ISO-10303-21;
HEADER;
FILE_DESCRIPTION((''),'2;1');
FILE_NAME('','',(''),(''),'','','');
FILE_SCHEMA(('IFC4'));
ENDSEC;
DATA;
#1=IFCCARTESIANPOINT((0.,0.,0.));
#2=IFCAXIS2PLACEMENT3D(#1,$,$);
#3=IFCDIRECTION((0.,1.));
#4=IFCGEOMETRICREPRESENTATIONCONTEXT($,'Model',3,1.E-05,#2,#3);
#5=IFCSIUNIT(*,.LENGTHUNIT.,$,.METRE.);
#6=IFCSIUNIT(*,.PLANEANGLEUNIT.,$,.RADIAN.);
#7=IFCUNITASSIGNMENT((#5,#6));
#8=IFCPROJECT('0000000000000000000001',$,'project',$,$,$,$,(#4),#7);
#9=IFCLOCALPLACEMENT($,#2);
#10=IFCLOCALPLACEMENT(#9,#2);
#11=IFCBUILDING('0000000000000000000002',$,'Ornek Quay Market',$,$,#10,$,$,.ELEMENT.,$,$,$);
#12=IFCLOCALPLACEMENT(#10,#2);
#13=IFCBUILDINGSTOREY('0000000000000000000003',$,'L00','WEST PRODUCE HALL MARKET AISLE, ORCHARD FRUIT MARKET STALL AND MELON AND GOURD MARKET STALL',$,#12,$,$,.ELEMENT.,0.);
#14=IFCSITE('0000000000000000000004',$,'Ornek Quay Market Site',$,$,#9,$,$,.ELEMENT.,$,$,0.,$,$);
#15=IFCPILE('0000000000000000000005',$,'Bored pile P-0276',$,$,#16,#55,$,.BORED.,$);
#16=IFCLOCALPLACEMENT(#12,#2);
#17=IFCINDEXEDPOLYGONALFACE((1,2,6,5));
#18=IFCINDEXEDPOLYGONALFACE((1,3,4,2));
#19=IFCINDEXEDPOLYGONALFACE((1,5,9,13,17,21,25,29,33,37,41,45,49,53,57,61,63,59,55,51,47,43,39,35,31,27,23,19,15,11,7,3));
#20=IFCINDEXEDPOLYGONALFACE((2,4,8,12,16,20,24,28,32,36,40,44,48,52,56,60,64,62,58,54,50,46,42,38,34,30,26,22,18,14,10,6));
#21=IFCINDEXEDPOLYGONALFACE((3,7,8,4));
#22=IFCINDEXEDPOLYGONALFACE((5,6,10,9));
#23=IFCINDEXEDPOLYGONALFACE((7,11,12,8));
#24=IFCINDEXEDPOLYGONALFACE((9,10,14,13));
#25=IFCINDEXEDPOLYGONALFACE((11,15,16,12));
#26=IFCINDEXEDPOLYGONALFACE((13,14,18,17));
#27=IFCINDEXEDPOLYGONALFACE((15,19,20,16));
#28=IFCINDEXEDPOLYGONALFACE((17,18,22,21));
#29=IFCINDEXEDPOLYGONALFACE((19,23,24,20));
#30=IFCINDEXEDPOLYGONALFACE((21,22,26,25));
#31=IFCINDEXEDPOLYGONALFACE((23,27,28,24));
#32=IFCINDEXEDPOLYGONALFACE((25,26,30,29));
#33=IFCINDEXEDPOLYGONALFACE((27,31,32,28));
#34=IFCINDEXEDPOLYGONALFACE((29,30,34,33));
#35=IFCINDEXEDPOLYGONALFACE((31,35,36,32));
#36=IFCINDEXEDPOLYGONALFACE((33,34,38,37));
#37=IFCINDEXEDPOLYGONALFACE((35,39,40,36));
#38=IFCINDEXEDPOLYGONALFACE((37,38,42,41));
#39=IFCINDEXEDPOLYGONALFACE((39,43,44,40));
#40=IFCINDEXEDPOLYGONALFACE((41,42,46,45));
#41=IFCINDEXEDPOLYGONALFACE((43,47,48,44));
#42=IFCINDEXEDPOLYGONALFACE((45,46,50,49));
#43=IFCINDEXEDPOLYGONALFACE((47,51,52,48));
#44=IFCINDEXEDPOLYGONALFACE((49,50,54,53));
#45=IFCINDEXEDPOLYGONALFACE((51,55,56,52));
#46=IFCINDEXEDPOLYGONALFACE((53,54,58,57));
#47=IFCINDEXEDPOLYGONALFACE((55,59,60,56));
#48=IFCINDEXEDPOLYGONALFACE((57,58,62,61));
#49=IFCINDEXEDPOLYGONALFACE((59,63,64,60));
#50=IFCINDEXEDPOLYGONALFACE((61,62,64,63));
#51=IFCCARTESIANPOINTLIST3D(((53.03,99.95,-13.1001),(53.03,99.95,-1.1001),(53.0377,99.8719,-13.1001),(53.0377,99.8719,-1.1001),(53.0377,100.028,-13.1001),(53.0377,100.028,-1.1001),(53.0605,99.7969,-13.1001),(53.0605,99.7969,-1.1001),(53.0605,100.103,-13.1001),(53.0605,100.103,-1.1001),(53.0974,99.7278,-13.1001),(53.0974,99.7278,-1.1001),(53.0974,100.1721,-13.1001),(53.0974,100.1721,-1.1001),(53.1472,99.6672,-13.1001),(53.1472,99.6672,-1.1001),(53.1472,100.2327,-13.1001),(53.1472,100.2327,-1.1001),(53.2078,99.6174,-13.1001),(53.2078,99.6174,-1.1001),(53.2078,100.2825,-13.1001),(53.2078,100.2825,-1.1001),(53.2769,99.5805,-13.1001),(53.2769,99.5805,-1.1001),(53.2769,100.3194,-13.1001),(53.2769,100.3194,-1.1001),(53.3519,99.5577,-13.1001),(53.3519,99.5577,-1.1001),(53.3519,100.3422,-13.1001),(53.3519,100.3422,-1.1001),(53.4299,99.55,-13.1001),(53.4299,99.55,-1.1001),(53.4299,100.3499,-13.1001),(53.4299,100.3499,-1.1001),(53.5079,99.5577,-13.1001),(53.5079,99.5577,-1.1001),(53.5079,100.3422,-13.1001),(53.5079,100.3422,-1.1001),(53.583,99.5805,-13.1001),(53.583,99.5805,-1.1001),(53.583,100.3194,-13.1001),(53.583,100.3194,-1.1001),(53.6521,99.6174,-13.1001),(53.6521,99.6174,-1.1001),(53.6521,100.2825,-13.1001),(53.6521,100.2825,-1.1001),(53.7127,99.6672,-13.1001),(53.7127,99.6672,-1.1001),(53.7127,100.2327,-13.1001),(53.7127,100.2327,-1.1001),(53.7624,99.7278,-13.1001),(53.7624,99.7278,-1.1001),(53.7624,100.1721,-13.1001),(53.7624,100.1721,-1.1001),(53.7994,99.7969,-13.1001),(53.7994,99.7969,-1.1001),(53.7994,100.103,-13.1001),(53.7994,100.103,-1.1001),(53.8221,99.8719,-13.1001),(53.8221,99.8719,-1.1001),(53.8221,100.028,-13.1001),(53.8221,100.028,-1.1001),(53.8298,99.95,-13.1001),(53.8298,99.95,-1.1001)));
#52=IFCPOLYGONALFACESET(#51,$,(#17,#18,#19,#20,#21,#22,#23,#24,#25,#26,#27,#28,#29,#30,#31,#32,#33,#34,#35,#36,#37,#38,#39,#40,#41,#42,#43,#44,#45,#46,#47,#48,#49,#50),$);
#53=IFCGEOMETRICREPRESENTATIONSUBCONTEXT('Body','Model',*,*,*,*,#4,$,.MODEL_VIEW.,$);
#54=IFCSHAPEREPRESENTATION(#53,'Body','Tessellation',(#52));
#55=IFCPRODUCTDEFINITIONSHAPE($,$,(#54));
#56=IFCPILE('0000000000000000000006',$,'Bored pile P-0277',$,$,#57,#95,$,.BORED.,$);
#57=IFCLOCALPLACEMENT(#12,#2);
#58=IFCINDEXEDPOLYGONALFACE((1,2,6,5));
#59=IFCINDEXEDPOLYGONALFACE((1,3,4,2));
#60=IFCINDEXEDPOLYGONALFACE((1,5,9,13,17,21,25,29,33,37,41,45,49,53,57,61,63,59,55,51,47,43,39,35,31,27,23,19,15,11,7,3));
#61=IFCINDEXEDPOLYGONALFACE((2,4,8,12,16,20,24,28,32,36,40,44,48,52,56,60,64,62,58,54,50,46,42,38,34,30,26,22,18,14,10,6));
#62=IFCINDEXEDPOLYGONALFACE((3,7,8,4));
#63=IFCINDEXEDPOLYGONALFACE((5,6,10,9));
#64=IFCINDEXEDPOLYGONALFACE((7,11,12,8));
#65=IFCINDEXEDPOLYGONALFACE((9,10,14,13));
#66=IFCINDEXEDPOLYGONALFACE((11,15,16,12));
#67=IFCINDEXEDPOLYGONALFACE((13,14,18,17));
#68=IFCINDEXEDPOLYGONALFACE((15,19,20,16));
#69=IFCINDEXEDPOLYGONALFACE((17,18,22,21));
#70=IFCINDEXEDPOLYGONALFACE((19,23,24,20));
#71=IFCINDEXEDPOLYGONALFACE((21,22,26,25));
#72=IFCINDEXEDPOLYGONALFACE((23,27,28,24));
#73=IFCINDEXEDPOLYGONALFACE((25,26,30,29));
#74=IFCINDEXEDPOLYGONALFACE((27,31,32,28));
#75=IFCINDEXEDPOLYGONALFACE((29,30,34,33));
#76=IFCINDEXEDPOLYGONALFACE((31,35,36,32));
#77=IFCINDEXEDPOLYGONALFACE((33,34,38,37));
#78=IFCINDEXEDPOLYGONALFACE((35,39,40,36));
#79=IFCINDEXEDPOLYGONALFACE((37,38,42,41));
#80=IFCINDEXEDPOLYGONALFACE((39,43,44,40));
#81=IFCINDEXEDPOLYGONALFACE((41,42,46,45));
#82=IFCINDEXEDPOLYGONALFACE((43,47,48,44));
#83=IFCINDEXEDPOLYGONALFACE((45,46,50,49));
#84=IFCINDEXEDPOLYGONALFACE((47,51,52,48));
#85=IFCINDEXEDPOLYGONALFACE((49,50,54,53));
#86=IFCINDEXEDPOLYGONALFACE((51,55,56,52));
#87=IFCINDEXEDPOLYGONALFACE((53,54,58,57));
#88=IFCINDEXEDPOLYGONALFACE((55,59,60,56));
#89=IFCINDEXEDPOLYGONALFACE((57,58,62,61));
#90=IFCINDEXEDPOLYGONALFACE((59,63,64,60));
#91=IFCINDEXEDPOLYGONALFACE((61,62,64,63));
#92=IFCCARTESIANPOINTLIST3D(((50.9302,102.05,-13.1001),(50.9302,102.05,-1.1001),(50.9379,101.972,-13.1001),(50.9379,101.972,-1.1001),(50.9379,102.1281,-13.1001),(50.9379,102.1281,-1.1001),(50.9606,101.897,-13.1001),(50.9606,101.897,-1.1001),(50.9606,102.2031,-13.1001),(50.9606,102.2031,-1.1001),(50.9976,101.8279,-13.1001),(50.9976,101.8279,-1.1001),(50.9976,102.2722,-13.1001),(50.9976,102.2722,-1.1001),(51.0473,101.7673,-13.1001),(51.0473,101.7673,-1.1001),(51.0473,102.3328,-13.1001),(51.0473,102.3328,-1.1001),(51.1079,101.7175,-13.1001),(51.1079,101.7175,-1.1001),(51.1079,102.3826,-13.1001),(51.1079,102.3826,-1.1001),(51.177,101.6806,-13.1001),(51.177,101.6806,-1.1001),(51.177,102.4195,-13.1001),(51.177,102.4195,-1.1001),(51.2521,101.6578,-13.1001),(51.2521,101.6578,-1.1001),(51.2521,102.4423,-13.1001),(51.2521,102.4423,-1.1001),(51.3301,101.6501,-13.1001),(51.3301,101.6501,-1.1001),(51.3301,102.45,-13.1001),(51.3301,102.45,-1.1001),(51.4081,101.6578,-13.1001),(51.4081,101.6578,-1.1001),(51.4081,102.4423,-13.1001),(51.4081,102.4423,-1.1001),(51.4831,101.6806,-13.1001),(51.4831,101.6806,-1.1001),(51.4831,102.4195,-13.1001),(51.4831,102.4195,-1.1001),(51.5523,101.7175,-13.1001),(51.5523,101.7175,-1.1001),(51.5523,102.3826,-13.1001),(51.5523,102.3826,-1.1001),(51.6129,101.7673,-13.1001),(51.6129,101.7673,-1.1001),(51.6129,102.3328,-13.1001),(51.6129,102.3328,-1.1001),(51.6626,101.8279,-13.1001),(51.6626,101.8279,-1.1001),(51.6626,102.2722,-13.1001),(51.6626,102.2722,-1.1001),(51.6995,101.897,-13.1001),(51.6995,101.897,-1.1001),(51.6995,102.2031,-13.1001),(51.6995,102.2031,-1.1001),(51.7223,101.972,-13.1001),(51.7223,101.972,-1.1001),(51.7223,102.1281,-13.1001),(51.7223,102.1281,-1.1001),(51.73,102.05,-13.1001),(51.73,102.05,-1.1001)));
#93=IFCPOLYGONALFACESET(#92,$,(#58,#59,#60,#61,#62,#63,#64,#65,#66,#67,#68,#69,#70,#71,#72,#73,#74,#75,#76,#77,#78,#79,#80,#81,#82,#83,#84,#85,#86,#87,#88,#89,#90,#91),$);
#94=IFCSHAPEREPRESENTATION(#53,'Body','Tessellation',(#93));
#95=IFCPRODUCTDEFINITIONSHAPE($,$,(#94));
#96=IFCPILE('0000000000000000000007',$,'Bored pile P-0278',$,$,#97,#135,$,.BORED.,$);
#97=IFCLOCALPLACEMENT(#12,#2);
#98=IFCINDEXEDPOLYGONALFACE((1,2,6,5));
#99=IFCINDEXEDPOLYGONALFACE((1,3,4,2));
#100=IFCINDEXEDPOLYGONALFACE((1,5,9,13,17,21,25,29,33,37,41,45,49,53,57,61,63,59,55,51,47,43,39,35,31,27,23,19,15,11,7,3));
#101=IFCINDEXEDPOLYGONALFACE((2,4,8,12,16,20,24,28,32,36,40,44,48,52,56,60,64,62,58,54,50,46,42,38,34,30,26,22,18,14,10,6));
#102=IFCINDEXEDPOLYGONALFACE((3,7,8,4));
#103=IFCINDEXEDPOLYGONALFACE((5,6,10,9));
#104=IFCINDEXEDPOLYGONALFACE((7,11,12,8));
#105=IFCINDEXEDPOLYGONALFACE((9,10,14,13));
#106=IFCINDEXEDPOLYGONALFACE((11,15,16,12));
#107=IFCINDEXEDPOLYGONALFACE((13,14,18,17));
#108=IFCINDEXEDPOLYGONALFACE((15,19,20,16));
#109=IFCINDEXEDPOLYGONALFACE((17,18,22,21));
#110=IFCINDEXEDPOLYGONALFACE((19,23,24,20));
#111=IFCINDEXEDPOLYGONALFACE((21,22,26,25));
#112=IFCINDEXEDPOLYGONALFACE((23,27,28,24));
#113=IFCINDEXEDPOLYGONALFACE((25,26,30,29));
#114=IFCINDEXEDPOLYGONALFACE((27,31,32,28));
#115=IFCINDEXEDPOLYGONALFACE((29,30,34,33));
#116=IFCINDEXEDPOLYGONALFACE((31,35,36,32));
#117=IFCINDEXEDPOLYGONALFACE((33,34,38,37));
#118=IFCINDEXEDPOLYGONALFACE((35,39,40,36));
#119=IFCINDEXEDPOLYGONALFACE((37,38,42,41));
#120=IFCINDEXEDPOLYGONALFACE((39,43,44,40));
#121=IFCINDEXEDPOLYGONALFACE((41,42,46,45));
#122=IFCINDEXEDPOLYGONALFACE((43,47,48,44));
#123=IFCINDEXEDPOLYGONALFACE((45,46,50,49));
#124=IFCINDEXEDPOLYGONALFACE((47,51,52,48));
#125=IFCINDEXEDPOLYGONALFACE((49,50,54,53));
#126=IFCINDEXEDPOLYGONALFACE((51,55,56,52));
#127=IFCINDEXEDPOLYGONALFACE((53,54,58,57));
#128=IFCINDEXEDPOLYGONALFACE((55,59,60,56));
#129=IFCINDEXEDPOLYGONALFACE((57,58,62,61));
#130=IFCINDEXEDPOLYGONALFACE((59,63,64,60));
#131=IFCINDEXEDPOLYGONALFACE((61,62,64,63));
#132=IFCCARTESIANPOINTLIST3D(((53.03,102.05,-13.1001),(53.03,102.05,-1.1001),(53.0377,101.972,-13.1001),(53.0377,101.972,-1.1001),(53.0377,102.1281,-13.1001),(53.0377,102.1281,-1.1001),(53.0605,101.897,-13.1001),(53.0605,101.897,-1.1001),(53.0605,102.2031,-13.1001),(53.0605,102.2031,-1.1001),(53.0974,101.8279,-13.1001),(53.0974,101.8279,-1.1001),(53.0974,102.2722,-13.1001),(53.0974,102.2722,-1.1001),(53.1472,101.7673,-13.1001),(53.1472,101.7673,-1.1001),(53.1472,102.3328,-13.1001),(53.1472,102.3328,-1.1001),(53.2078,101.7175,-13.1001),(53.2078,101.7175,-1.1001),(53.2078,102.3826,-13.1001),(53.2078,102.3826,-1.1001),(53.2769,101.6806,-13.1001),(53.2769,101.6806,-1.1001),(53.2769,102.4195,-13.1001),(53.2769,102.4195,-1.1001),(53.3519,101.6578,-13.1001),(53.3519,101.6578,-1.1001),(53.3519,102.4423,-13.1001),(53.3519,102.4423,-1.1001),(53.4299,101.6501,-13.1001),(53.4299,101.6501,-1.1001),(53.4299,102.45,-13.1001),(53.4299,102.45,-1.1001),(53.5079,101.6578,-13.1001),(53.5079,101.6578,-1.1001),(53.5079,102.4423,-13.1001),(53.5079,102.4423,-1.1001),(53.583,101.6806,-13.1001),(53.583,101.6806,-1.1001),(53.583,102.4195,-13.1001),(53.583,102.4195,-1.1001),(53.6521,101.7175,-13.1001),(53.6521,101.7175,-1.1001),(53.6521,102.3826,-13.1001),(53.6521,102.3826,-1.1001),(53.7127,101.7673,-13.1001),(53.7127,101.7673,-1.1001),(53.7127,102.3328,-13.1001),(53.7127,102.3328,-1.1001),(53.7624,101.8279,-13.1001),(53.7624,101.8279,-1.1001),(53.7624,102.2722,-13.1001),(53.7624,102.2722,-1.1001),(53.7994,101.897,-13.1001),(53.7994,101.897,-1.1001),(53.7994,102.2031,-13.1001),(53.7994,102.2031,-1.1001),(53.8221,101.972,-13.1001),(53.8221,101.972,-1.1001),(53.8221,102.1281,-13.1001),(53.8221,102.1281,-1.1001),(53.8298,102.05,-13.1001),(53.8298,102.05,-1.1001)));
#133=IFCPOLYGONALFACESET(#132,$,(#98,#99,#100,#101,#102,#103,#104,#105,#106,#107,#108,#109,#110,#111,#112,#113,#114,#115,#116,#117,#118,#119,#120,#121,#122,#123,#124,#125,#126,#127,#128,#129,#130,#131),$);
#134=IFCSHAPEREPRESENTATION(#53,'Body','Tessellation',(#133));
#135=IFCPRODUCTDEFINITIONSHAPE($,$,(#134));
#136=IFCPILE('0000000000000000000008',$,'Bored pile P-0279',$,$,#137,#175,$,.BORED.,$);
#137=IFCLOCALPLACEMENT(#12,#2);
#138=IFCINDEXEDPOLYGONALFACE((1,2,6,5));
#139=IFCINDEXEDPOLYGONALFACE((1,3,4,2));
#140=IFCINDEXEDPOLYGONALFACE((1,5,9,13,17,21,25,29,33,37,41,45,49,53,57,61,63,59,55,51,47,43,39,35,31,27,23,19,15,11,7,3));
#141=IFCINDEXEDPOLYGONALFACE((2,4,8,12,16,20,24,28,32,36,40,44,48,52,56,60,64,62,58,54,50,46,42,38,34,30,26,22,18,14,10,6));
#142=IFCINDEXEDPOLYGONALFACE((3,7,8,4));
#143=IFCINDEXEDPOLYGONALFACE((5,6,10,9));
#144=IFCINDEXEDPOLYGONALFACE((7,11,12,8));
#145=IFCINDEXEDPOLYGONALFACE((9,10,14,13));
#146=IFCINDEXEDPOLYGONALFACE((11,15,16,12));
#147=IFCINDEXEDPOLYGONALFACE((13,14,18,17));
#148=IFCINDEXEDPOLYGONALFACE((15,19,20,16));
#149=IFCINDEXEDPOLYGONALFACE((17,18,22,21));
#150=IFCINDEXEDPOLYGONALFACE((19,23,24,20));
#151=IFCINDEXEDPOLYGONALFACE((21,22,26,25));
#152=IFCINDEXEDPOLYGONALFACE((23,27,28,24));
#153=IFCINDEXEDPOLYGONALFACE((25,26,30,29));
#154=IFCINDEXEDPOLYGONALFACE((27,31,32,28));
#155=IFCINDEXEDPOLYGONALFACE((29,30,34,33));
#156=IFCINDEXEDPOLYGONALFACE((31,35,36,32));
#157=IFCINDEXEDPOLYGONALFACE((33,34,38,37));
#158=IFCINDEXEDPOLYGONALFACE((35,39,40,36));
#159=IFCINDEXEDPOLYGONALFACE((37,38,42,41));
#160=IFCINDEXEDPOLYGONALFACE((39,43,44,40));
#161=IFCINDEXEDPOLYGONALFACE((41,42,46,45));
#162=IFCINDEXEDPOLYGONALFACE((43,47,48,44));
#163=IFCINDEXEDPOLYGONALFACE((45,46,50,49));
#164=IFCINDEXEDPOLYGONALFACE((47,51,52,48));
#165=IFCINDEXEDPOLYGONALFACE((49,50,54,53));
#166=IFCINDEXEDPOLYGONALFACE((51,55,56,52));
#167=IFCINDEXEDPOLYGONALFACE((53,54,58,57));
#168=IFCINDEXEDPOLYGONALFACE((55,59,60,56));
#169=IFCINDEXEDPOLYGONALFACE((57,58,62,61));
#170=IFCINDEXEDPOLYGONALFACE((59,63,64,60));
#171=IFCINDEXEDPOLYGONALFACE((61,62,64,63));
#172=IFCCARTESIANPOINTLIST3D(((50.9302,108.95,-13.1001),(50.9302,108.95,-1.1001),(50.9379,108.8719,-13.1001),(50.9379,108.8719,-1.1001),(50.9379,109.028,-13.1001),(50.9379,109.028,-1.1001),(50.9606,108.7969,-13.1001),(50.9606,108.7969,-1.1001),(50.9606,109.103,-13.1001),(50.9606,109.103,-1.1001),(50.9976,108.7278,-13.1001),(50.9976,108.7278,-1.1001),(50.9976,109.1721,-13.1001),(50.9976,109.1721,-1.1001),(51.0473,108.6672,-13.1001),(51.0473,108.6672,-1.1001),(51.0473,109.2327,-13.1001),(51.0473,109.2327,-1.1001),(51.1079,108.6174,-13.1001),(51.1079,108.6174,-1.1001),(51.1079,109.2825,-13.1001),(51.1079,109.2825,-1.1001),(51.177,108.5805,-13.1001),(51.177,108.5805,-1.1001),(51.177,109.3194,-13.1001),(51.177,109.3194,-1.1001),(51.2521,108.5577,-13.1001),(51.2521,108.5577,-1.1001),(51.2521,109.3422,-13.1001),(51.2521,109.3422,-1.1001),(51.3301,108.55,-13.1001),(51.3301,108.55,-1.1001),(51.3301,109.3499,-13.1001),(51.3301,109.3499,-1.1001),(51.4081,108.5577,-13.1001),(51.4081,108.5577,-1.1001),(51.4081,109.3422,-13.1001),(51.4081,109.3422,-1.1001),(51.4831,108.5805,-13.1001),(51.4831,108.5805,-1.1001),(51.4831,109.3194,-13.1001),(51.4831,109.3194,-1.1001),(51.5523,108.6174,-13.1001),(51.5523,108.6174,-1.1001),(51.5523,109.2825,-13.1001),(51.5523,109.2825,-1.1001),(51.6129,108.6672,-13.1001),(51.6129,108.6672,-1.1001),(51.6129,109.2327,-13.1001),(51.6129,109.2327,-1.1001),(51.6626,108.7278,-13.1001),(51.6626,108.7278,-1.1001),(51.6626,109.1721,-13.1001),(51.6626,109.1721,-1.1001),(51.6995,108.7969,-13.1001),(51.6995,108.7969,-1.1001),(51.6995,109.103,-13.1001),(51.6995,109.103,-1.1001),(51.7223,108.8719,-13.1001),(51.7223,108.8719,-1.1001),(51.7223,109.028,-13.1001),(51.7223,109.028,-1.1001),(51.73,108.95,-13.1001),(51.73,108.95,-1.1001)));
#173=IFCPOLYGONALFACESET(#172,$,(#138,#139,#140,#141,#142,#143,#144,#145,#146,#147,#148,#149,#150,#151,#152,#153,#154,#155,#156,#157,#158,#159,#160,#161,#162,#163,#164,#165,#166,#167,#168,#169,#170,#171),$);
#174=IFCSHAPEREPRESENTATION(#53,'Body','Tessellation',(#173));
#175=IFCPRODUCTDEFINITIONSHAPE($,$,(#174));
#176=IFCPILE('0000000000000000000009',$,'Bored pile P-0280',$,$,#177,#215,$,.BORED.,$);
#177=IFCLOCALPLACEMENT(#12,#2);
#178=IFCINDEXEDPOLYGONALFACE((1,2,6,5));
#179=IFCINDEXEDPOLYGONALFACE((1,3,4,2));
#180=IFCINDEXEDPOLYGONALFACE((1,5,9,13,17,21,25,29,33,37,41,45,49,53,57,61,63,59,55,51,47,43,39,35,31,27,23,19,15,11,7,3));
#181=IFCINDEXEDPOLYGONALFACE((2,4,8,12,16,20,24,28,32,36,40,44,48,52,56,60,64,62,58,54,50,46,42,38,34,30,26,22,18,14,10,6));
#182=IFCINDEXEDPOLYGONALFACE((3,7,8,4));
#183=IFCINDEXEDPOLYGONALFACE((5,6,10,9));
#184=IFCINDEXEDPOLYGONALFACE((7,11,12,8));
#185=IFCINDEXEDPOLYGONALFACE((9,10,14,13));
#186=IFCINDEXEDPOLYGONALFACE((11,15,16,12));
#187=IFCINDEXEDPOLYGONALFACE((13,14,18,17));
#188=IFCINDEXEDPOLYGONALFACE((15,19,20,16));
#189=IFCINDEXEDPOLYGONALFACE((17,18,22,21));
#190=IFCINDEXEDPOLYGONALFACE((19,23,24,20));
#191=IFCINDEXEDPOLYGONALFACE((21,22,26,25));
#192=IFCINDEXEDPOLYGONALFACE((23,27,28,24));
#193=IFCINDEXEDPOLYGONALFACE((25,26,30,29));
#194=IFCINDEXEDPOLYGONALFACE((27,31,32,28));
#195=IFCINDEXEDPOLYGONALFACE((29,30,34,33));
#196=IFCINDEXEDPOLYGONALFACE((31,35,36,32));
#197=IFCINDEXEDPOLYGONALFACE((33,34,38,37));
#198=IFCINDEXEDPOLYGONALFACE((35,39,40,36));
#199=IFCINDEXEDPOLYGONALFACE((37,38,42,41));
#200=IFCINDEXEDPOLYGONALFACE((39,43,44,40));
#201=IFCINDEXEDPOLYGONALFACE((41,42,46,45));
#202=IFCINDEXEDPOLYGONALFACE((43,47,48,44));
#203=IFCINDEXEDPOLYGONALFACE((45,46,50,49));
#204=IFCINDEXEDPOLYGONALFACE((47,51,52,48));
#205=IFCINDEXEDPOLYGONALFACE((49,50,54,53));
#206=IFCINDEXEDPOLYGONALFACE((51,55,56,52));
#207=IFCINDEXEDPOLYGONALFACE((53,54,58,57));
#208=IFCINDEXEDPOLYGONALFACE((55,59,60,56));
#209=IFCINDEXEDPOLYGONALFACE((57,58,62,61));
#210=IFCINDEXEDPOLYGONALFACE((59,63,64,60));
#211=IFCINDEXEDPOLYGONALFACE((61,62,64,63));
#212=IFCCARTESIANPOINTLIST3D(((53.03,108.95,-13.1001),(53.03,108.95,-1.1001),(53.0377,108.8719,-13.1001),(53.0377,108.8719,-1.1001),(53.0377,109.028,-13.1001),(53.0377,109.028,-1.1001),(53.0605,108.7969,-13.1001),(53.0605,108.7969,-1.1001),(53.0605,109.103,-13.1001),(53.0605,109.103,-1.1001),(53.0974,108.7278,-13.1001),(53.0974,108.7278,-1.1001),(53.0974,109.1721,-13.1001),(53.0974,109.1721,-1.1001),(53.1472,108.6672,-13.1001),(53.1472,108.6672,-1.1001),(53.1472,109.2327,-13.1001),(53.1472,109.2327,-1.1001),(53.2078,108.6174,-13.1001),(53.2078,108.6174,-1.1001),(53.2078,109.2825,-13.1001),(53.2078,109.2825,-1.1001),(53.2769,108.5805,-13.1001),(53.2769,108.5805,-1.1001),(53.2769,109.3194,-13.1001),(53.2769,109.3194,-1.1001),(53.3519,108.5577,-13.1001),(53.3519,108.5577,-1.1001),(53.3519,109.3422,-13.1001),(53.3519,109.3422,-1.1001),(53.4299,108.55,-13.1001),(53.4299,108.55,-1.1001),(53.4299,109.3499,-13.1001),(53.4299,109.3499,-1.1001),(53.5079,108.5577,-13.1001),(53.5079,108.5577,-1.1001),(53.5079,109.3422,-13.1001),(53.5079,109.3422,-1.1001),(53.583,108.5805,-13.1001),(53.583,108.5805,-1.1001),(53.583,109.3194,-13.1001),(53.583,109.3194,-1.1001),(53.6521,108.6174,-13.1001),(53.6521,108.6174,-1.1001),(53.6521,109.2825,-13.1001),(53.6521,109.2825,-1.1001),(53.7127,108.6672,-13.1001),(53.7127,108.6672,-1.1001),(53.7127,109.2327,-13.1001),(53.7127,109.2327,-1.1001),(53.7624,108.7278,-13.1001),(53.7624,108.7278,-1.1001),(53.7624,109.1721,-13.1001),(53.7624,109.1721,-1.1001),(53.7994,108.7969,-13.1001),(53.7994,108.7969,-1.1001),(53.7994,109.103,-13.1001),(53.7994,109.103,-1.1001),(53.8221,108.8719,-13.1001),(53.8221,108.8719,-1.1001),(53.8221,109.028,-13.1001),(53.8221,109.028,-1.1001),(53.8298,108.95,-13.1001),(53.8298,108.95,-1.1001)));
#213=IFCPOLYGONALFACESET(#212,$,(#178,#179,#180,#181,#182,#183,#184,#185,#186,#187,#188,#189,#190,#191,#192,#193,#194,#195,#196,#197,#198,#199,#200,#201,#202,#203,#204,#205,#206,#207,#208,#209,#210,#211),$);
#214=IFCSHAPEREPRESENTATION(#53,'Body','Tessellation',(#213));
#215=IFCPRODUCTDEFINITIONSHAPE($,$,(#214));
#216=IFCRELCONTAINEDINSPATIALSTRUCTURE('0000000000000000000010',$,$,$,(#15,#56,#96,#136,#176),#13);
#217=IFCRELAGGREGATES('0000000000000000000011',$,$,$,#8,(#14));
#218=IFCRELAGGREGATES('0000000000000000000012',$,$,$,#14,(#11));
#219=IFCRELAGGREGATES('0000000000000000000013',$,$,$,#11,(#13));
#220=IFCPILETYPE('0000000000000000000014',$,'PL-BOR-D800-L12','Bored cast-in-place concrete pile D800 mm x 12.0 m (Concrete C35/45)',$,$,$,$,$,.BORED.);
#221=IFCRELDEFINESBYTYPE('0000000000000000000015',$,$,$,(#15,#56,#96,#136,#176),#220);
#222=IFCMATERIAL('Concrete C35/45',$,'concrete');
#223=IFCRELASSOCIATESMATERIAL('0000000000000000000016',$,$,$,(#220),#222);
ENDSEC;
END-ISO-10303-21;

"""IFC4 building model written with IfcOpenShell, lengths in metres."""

from ifc_helpers import new_model, si_unit, direction, frame, origin, origin_2d, place, context, subcontext, project, spatial, circle, extrude, material, material_profile, profile_set, type_object, element, save


model = new_model("IFC4")

# Units and contexts
model_context = context("Model", 3, precision=1e-05, world=origin(), true_north=direction((0.0, 1.0)))
body_context = subcontext(model_context, "Body", "Model", "MODEL_VIEW")
ifc_project = project(units=[si_unit("LENGTHUNIT", "METRE"), si_unit("PLANEANGLEUNIT", "RADIAN")], contexts=[model_context])

# Site, building, storey
site_placement = place(None, origin())
site = spatial("IfcSite", under=ifc_project, at=site_placement, Name="Ornek Quay Market Site", CompositionType="ELEMENT", RefElevation=0.0)
building_placement = place(site_placement, origin())
building = spatial("IfcBuilding", under=site, at=building_placement, Name="Ornek Quay Market", CompositionType="ELEMENT")
storey_placement = place(building_placement, origin())
storey = spatial("IfcBuildingStorey", under=building, at=storey_placement, Name="L00", Description="WEST PRODUCE HALL MARKET AISLE, ORCHARD FRUIT MARKET STALL AND MELON AND GOURD MARKET STALL", CompositionType="ELEMENT", Elevation=0.0)

# Piles
ifc_material_1 = material(Name="Concrete C35/45", Category="concrete")
ifc_material_profile_1 = material_profile(ifc_material_1, circle(Radius=0.3999, at=origin_2d()), Name="PILE D800", Category="concrete")
ifc_profile_set_1 = profile_set([ifc_material_profile_1], Name="Concrete C35/45")
pile_type = type_object("IfcPileType", Name="PL-BOR-D800-L12", Description="Bored cast-in-place concrete pile D800 mm x 12.0 m (Concrete C35/45)", PredefinedType="BORED", material=ifc_profile_set_1)
for number, where, z_axis, x_axis, name in (
    (1, (53.4299, 99.95, -1.1001), (0.0, 0.0, -1.0), (1.0, 0.0, 0.0), "Bored pile P-0276"),
    (2, (51.3301, 102.05, -1.1001), (0.0, 0.0, -1.0), (1.0, 0.0, 0.0), "Bored pile P-0277"),
    (3, (53.4299, 102.05, -1.1001), (0.0, 0.0, -1.0), (1.0, 0.0, 0.0), "Bored pile P-0278"),
    (4, (51.3301, 108.95, -1.1001), (0.0, 0.0, -1.0), (1.0, 0.0, 0.0), "Bored pile P-0279"),
    (5, (53.4299, 108.95, -1.1001), (0.0, 0.0, -1.0), (1.0, 0.0, 0.0), "Bored pile P-0280"),
):
    element("IfcPile", number, at=place(storey_placement, frame(where, z_axis=z_axis, x_axis=x_axis)), inside=storey, type_object=pile_type, Name=name, PredefinedType="BORED", context=body_context, shape_type="SweptSolid", body=[
        extrude(circle(Radius=0.3999, at=origin_2d()), origin(), (0.0, 0.0, 1.0), 12.0),
    ])

save(model, "model.ifc")
